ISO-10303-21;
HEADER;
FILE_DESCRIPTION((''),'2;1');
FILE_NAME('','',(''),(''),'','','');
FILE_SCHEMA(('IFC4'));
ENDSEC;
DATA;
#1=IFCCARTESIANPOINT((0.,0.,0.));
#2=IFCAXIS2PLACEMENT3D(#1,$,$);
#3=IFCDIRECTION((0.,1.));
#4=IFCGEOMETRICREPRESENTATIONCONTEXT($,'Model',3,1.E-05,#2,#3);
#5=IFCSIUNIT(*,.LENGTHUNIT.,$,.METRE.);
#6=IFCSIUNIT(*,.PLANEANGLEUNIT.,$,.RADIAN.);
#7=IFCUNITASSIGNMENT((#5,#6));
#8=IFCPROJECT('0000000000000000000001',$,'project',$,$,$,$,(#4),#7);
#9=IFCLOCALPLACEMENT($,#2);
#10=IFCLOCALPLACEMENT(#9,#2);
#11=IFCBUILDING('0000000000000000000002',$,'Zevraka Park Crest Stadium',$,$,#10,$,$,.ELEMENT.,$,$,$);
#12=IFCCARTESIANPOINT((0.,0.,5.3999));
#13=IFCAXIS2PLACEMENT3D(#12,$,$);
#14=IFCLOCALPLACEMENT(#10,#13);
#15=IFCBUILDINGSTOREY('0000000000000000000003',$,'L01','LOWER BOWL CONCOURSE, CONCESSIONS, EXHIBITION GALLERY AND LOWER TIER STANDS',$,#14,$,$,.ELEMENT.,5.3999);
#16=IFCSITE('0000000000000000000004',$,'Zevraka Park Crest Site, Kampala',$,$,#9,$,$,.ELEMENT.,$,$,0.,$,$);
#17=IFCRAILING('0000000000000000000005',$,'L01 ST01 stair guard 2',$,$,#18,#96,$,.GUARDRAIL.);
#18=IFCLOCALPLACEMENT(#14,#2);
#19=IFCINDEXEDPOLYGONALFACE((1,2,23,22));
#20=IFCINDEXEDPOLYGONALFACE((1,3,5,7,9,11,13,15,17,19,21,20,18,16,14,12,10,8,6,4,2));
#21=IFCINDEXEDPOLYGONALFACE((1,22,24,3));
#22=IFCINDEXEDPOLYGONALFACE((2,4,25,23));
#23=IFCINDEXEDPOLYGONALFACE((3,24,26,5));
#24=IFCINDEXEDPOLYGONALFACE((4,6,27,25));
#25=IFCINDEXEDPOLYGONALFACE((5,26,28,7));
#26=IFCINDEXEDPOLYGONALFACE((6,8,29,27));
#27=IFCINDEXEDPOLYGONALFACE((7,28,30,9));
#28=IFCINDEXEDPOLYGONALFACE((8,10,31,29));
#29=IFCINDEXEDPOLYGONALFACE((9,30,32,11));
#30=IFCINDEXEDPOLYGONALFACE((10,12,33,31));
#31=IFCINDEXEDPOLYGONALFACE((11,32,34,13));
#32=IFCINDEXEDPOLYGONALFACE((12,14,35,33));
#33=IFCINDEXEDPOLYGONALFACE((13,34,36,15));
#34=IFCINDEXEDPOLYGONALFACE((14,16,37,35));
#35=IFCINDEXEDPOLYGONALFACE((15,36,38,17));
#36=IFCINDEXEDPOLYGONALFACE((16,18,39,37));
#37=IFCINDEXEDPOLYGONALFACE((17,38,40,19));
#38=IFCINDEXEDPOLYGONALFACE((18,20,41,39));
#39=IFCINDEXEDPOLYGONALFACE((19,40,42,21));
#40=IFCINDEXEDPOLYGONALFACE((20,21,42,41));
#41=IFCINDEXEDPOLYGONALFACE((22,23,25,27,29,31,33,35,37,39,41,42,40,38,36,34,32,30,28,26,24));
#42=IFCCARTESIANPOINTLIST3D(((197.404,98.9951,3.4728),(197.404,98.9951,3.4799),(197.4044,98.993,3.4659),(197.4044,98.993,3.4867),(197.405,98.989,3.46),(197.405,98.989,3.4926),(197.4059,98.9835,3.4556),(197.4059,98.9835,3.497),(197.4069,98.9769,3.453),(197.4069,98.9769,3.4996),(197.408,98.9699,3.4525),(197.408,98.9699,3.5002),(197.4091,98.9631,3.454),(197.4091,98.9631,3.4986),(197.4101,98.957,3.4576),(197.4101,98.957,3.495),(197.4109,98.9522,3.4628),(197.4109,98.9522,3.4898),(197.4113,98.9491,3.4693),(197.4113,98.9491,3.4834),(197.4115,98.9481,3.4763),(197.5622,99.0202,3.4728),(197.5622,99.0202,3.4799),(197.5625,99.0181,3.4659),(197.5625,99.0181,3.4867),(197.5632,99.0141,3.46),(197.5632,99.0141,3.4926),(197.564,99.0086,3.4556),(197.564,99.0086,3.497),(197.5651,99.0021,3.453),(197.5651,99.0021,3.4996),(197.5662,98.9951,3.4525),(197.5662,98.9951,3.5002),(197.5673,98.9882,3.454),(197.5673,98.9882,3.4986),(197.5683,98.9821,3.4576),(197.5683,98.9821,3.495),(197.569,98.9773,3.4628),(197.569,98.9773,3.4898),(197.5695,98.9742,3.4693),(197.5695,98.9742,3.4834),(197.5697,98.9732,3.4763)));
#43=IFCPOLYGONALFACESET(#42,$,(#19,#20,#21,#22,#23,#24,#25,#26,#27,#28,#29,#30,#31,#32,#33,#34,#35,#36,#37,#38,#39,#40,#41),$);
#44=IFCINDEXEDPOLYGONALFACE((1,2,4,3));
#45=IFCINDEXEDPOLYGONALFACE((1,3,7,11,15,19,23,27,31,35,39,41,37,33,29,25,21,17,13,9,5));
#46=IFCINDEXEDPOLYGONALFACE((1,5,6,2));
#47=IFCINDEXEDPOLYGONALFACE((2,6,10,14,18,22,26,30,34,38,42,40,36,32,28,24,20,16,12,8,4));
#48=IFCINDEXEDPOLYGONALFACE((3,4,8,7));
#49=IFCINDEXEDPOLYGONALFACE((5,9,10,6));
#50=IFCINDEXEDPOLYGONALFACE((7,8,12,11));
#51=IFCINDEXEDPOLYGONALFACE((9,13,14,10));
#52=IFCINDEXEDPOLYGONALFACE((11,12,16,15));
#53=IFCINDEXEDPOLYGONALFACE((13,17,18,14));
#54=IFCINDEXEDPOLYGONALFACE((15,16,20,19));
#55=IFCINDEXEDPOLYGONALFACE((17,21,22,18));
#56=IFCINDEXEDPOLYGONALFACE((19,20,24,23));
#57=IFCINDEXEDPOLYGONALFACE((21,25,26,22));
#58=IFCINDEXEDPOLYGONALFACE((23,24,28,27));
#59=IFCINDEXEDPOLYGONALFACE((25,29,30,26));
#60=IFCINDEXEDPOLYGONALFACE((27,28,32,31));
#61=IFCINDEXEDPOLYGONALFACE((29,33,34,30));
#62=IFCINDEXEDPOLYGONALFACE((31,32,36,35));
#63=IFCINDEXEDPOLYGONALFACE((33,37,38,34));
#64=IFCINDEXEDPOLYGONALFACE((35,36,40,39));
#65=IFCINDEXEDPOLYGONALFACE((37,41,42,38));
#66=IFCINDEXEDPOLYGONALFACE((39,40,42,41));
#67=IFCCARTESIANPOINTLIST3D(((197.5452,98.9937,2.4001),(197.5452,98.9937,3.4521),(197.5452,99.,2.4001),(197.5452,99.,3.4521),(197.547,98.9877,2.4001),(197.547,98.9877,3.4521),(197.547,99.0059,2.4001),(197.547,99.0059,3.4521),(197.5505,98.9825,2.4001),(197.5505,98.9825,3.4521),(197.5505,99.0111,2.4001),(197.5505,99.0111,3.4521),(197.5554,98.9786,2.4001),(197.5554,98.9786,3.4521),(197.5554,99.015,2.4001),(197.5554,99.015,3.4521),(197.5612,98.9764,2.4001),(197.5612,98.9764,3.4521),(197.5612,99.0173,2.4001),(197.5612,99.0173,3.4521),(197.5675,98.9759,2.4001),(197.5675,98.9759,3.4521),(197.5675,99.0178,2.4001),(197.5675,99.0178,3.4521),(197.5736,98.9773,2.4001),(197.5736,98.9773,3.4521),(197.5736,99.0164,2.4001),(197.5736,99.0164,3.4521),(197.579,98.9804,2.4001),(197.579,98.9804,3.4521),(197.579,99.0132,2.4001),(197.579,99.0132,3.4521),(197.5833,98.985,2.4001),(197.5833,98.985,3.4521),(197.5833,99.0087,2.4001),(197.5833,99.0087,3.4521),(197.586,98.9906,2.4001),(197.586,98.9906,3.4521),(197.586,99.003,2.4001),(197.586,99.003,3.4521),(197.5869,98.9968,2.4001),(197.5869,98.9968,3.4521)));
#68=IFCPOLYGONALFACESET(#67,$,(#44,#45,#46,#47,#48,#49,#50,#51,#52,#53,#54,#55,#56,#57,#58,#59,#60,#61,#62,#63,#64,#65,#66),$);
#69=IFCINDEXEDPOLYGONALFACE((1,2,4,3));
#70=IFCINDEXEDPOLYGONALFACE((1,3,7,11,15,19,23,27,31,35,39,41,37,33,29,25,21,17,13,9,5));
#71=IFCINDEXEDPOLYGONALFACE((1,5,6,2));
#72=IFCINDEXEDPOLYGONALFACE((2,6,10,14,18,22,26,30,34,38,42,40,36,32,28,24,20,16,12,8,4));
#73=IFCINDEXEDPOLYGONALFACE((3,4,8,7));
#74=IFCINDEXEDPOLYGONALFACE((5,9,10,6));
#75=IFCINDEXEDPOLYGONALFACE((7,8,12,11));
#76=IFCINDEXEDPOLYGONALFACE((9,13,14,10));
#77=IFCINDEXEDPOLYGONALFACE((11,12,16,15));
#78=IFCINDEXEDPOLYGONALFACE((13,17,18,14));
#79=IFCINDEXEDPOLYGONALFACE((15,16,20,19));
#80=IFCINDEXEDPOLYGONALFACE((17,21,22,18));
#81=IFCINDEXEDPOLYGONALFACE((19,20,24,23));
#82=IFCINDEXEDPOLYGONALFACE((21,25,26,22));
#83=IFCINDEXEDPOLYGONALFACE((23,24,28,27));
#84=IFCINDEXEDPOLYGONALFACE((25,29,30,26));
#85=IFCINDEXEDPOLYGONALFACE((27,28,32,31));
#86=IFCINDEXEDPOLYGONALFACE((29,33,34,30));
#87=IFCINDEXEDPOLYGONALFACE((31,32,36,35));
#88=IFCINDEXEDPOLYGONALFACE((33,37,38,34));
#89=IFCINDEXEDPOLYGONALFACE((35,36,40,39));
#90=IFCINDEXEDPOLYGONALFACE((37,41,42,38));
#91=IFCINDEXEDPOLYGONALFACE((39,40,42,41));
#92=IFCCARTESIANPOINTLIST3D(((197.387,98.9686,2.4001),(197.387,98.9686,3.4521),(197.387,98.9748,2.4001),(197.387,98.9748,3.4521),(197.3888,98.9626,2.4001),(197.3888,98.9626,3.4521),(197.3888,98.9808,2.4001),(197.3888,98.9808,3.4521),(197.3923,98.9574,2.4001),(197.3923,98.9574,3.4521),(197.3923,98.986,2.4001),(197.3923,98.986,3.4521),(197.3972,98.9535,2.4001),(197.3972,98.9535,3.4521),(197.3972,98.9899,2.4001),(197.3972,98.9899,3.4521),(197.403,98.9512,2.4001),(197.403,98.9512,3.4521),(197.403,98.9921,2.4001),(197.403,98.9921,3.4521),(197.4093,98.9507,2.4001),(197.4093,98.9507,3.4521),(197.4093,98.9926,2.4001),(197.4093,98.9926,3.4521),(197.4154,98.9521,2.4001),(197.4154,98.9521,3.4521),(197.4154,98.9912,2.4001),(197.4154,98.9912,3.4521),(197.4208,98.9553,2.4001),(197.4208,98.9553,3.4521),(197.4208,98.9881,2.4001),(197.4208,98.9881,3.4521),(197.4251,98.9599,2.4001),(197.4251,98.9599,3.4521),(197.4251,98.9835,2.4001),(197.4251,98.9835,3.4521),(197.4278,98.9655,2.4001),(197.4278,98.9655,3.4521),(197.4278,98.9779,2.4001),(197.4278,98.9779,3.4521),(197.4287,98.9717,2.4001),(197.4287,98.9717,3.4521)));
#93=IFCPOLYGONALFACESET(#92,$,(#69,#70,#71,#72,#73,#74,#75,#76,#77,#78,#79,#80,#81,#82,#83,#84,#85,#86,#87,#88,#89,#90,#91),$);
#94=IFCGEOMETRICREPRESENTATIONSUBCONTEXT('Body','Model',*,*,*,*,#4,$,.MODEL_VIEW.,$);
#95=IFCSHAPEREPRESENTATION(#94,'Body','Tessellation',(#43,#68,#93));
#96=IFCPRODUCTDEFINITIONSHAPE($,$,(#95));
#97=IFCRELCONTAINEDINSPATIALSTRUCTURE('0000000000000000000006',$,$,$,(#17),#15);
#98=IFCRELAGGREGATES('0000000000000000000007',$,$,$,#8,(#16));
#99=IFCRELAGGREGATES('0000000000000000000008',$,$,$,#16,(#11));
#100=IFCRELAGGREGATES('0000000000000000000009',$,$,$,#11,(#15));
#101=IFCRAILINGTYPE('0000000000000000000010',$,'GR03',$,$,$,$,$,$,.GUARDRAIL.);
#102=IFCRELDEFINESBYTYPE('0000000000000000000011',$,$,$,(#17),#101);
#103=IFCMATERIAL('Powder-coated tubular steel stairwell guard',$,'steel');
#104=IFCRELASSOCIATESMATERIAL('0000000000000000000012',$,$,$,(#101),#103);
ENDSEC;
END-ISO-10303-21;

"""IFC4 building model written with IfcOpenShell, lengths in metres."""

from ifc_helpers import new_model, si_unit, direction, frame, origin, origin_2d, place, context, subcontext, project, spatial, circle, extrude, material, type_object, element, save


model = new_model("IFC4")

# Units and contexts
model_context = context("Model", 3, precision=1e-05, world=origin(), true_north=direction((0.0, 1.0)))
body_context = subcontext(model_context, "Body", "Model", "MODEL_VIEW")
ifc_project = project(units=[si_unit("LENGTHUNIT", "METRE"), si_unit("PLANEANGLEUNIT", "RADIAN")], contexts=[model_context])

# Site, building, storey
site_placement = place(None, origin())
site = spatial("IfcSite", under=ifc_project, at=site_placement, Name="Zevraka Park Crest Site, Kampala", CompositionType="ELEMENT", RefElevation=0.0)
building_placement = place(site_placement, origin())
building = spatial("IfcBuilding", under=site, at=building_placement, Name="Zevraka Park Crest Stadium", CompositionType="ELEMENT")
storey_placement = place(building_placement, frame((0.0, 0.0, 5.3999)))
storey = spatial("IfcBuildingStorey", under=building, at=storey_placement, Name="L01", Description="LOWER BOWL CONCOURSE, CONCESSIONS, EXHIBITION GALLERY AND LOWER TIER STANDS", CompositionType="ELEMENT", Elevation=5.3999)

# Railing
ifc_material_1 = material(Name="Powder-coated tubular steel stairwell guard", Category="steel")
railing_type_1 = type_object("IfcRailingType", Name="GR03", PredefinedType="GUARDRAIL", material=ifc_material_1)
railing_1_placement = place(storey_placement, frame((197.5659, 98.9968, 2.4001)))
element("IfcRailing", 1, at=railing_1_placement, inside=storey, type_object=railing_type_1, Name="L01 ST01 stair guard 2", PredefinedType="GUARDRAIL", context=body_context, shape_type="SweptSolid", body=[
    extrude(circle(Radius=0.0239, at=origin_2d()), frame((0.0, 0.0, 1.0762), z_axis=(-0.987602, -0.15698, 0.0), x_axis=(0.15698, -0.987602, 0.0)), (0.0, 0.0, 1.0), 0.1602),
    extrude(circle(Radius=0.021, at=origin_2d()), origin(), (0.0, 0.0, 1.0), 1.052),
    extrude(circle(Radius=0.021, at=origin_2d()), frame((-0.1582, -0.0251, 0.0)), (0.0, 0.0, 1.0), 1.052),
])

save(model, "model.ifc")
